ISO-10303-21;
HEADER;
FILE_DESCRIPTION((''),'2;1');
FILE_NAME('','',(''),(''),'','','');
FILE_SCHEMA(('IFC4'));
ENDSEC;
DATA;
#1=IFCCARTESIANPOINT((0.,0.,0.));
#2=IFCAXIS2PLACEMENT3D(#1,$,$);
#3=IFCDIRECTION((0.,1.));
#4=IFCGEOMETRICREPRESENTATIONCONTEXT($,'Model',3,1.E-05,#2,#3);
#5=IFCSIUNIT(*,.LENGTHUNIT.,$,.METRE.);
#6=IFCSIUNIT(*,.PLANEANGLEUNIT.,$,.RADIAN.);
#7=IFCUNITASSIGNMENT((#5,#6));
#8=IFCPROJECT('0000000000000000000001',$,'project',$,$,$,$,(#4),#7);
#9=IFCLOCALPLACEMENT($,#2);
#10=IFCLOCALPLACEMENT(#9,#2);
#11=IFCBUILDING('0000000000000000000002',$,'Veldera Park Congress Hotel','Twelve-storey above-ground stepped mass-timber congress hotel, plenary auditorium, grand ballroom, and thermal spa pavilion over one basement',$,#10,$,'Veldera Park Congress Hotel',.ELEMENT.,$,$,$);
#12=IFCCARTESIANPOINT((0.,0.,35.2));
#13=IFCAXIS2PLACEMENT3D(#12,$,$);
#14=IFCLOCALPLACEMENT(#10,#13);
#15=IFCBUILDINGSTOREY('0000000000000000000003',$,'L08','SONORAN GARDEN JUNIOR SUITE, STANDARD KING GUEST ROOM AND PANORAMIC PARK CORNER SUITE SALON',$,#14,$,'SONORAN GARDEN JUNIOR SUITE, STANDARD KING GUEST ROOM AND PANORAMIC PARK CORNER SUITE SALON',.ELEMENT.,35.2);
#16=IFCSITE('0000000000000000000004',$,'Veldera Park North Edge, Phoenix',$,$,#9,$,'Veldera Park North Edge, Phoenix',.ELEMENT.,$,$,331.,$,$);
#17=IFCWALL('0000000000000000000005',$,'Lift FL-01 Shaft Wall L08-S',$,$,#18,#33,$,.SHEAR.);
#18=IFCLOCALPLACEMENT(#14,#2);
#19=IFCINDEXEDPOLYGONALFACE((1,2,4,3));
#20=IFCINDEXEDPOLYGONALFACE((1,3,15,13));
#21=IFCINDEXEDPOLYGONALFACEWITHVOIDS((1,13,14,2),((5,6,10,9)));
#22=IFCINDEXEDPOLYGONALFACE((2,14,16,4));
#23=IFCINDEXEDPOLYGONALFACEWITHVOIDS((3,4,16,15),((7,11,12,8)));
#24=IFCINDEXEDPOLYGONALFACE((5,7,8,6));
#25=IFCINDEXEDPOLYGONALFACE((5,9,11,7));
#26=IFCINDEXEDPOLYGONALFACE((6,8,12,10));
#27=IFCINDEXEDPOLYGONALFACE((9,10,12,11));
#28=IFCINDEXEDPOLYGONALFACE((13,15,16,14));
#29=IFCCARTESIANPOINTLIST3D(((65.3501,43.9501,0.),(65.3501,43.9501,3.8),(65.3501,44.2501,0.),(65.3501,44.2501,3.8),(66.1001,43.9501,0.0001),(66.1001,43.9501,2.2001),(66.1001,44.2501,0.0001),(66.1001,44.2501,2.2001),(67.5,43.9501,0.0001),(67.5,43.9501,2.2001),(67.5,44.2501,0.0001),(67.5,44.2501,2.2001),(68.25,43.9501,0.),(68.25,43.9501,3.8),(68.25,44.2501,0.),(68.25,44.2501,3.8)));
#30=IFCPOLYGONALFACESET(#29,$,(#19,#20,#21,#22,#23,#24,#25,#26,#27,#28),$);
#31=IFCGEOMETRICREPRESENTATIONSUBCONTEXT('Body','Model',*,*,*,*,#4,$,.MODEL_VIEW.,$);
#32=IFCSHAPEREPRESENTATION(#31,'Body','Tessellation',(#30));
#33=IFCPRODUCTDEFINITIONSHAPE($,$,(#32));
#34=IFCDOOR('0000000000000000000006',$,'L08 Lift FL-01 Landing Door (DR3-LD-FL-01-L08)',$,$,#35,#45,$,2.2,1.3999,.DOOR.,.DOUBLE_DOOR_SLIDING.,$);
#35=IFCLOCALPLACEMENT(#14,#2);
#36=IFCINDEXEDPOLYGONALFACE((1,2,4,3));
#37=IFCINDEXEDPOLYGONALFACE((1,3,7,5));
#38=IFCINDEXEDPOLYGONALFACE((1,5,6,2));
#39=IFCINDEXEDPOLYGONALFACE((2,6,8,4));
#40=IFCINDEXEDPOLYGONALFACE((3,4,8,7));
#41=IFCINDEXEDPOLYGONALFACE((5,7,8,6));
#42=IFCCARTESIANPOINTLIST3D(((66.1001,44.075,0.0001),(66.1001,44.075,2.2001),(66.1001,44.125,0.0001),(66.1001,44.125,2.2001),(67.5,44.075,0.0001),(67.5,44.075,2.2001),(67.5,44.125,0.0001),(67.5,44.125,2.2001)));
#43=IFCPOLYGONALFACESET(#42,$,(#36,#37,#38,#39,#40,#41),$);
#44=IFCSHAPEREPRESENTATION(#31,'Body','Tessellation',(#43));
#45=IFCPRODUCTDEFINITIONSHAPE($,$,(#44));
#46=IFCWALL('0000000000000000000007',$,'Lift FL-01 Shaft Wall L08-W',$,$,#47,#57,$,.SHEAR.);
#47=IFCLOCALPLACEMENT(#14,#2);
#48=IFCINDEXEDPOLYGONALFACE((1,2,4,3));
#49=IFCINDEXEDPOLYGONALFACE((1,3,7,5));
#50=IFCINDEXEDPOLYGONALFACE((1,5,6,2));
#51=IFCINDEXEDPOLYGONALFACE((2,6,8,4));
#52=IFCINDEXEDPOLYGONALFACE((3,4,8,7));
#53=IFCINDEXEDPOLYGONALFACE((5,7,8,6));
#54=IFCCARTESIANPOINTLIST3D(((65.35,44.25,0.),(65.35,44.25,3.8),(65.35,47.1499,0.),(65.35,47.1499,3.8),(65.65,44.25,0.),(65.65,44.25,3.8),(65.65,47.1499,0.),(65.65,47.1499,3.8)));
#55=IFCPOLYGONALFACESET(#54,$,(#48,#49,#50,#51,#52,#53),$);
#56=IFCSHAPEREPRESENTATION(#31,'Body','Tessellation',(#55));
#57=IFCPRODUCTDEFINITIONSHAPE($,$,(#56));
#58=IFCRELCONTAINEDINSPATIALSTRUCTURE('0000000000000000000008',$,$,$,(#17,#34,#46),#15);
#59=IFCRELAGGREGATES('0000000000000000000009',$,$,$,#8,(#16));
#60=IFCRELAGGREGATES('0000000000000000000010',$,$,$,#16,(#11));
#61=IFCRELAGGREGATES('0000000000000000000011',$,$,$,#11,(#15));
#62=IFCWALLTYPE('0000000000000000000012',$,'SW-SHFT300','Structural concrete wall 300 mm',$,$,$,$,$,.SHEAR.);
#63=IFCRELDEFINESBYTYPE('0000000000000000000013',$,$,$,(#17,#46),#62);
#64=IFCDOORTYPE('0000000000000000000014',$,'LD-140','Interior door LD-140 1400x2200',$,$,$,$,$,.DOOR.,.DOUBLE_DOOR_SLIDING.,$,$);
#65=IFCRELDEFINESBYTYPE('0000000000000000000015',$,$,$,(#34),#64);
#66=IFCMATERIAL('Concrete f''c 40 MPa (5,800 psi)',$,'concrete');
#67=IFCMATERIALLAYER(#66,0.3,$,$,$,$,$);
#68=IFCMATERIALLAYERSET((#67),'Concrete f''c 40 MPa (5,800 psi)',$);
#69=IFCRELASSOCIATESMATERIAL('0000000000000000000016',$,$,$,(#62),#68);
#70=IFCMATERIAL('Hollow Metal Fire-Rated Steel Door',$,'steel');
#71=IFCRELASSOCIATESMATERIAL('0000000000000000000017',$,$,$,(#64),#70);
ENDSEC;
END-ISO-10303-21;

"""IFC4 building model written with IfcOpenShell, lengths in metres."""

from ifc_helpers import new_model, si_unit, direction, frame, frame_2d, origin, place, context, subcontext, project, spatial, rectangle, extrude, material, layer, layer_set, type_object, element, fill, save


model = new_model("IFC4")

# Units and contexts
model_context = context("Model", 3, precision=1e-05, world=origin(), true_north=direction((0.0, 1.0)))
body_context = subcontext(model_context, "Body", "Model", "MODEL_VIEW")
ifc_project = project(units=[si_unit("LENGTHUNIT", "METRE"), si_unit("PLANEANGLEUNIT", "RADIAN")], contexts=[model_context])

# Site, building, storey
site_placement = place(None, origin())
site = spatial("IfcSite", under=ifc_project, at=site_placement, Name="Veldera Park North Edge, Phoenix", LongName="Veldera Park North Edge, Phoenix", CompositionType="ELEMENT", RefElevation=331.0)
building_placement = place(site_placement, origin())
building = spatial("IfcBuilding", under=site, at=building_placement, Name="Veldera Park Congress Hotel", Description="Twelve-storey above-ground stepped mass-timber congress hotel, plenary auditorium, grand ballroom, and thermal spa pavilion over one basement", LongName="Veldera Park Congress Hotel", CompositionType="ELEMENT")
storey_placement = place(building_placement, frame((0.0, 0.0, 35.2)))
storey = spatial("IfcBuildingStorey", under=building, at=storey_placement, Name="L08", Description="SONORAN GARDEN JUNIOR SUITE, STANDARD KING GUEST ROOM AND PANORAMIC PARK CORNER SUITE SALON", LongName="SONORAN GARDEN JUNIOR SUITE, STANDARD KING GUEST ROOM AND PANORAMIC PARK CORNER SUITE SALON", CompositionType="ELEMENT", Elevation=35.2)

# Wall, opening, door
ifc_material_1 = material(Name="Concrete f'c 40 MPa (5,800 psi)", Category="concrete")
ifc_material_2 = material(Name="Hollow Metal Fire-Rated Steel Door", Category="steel")
ifc_layer_1 = layer(ifc_material_1, 0.3)
ifc_layer_set_1 = layer_set([ifc_layer_1], Name="Concrete f'c 40 MPa (5,800 psi)")
wall_type_1 = type_object("IfcWallType", Name="SW-SHFT300", Description="Structural concrete wall 300 mm", PredefinedType="SHEAR", material=ifc_layer_set_1)
wall_1_placement = place(storey_placement, frame((65.3501, 44.1001, 0.0), z_axis=(0.0, 0.0, 1.0), x_axis=(1.0, 0.0, 0.0)))
wall_1 = element("IfcWall", 1, at=wall_1_placement, inside=storey, type_object=wall_type_1, Name="Lift FL-01 Shaft Wall L08-S", PredefinedType="SHEAR", context=body_context, shape_type="SweptSolid", body=[
    extrude(rectangle(XDim=2.8999, YDim=0.3, at=frame_2d((1.45, 0.0))), origin(), (0.0, 0.0, 1.0), 3.8),
])
opening_1_placement = place(wall_1_placement, frame((0.75, 0.0, 0.0)))
opening_1 = element("IfcOpeningElement", 2, at=opening_1_placement, cuts=wall_1, PredefinedType="OPENING", context=body_context, shape_type="SweptSolid", body=[
    extrude(rectangle(XDim=1.3999, YDim=2.2, at=frame_2d((0.7, 1.1001))), frame((0.0, 0.1621, 0.0), z_axis=(0.0, -1.0, 0.0), x_axis=(1.0, 0.0, 0.0)), (0.0, 0.0, 1.0), 0.324),
])
door_type_1 = type_object("IfcDoorType", Name="LD-140", Description="Interior door LD-140 1400x2200", OperationType="DOUBLE_DOOR_SLIDING", PredefinedType="DOOR", material=ifc_material_2)
door_1_placement = place(opening_1_placement, origin())
door_1 = element("IfcDoor", 3, at=door_1_placement, inside=storey, type_object=door_type_1, Name="L08 Lift FL-01 Landing Door (DR3-LD-FL-01-L08)", OperationType="DOUBLE_DOOR_SLIDING", OverallHeight=2.2, OverallWidth=1.3999, PredefinedType="DOOR", context=body_context, shape_type="SweptSolid", body=[
    extrude(rectangle(XDim=1.3999, YDim=2.2, at=frame_2d((0.7, 1.1001))), frame((0.0, 0.0249, 0.0), z_axis=(0.0, -1.0, 0.0), x_axis=(1.0, 0.0, 0.0)), (0.0, 0.0, 1.0), 0.05),
])
fill(opening_1, door_1)

# Wall
wall_2_placement = place(storey_placement, frame((65.5, 47.1499, 0.0), z_axis=(0.0, 0.0, 1.0), x_axis=(0.0, -1.0, 0.0)))
element("IfcWall", 4, at=wall_2_placement, inside=storey, type_object=wall_type_1, Name="Lift FL-01 Shaft Wall L08-W", PredefinedType="SHEAR", context=body_context, shape_type="SweptSolid", body=[
    extrude(rectangle(XDim=2.8999, YDim=0.3, at=frame_2d((1.45, 0.0))), origin(), (0.0, 0.0, 1.0), 3.8),
])

save(model, "model.ifc")
